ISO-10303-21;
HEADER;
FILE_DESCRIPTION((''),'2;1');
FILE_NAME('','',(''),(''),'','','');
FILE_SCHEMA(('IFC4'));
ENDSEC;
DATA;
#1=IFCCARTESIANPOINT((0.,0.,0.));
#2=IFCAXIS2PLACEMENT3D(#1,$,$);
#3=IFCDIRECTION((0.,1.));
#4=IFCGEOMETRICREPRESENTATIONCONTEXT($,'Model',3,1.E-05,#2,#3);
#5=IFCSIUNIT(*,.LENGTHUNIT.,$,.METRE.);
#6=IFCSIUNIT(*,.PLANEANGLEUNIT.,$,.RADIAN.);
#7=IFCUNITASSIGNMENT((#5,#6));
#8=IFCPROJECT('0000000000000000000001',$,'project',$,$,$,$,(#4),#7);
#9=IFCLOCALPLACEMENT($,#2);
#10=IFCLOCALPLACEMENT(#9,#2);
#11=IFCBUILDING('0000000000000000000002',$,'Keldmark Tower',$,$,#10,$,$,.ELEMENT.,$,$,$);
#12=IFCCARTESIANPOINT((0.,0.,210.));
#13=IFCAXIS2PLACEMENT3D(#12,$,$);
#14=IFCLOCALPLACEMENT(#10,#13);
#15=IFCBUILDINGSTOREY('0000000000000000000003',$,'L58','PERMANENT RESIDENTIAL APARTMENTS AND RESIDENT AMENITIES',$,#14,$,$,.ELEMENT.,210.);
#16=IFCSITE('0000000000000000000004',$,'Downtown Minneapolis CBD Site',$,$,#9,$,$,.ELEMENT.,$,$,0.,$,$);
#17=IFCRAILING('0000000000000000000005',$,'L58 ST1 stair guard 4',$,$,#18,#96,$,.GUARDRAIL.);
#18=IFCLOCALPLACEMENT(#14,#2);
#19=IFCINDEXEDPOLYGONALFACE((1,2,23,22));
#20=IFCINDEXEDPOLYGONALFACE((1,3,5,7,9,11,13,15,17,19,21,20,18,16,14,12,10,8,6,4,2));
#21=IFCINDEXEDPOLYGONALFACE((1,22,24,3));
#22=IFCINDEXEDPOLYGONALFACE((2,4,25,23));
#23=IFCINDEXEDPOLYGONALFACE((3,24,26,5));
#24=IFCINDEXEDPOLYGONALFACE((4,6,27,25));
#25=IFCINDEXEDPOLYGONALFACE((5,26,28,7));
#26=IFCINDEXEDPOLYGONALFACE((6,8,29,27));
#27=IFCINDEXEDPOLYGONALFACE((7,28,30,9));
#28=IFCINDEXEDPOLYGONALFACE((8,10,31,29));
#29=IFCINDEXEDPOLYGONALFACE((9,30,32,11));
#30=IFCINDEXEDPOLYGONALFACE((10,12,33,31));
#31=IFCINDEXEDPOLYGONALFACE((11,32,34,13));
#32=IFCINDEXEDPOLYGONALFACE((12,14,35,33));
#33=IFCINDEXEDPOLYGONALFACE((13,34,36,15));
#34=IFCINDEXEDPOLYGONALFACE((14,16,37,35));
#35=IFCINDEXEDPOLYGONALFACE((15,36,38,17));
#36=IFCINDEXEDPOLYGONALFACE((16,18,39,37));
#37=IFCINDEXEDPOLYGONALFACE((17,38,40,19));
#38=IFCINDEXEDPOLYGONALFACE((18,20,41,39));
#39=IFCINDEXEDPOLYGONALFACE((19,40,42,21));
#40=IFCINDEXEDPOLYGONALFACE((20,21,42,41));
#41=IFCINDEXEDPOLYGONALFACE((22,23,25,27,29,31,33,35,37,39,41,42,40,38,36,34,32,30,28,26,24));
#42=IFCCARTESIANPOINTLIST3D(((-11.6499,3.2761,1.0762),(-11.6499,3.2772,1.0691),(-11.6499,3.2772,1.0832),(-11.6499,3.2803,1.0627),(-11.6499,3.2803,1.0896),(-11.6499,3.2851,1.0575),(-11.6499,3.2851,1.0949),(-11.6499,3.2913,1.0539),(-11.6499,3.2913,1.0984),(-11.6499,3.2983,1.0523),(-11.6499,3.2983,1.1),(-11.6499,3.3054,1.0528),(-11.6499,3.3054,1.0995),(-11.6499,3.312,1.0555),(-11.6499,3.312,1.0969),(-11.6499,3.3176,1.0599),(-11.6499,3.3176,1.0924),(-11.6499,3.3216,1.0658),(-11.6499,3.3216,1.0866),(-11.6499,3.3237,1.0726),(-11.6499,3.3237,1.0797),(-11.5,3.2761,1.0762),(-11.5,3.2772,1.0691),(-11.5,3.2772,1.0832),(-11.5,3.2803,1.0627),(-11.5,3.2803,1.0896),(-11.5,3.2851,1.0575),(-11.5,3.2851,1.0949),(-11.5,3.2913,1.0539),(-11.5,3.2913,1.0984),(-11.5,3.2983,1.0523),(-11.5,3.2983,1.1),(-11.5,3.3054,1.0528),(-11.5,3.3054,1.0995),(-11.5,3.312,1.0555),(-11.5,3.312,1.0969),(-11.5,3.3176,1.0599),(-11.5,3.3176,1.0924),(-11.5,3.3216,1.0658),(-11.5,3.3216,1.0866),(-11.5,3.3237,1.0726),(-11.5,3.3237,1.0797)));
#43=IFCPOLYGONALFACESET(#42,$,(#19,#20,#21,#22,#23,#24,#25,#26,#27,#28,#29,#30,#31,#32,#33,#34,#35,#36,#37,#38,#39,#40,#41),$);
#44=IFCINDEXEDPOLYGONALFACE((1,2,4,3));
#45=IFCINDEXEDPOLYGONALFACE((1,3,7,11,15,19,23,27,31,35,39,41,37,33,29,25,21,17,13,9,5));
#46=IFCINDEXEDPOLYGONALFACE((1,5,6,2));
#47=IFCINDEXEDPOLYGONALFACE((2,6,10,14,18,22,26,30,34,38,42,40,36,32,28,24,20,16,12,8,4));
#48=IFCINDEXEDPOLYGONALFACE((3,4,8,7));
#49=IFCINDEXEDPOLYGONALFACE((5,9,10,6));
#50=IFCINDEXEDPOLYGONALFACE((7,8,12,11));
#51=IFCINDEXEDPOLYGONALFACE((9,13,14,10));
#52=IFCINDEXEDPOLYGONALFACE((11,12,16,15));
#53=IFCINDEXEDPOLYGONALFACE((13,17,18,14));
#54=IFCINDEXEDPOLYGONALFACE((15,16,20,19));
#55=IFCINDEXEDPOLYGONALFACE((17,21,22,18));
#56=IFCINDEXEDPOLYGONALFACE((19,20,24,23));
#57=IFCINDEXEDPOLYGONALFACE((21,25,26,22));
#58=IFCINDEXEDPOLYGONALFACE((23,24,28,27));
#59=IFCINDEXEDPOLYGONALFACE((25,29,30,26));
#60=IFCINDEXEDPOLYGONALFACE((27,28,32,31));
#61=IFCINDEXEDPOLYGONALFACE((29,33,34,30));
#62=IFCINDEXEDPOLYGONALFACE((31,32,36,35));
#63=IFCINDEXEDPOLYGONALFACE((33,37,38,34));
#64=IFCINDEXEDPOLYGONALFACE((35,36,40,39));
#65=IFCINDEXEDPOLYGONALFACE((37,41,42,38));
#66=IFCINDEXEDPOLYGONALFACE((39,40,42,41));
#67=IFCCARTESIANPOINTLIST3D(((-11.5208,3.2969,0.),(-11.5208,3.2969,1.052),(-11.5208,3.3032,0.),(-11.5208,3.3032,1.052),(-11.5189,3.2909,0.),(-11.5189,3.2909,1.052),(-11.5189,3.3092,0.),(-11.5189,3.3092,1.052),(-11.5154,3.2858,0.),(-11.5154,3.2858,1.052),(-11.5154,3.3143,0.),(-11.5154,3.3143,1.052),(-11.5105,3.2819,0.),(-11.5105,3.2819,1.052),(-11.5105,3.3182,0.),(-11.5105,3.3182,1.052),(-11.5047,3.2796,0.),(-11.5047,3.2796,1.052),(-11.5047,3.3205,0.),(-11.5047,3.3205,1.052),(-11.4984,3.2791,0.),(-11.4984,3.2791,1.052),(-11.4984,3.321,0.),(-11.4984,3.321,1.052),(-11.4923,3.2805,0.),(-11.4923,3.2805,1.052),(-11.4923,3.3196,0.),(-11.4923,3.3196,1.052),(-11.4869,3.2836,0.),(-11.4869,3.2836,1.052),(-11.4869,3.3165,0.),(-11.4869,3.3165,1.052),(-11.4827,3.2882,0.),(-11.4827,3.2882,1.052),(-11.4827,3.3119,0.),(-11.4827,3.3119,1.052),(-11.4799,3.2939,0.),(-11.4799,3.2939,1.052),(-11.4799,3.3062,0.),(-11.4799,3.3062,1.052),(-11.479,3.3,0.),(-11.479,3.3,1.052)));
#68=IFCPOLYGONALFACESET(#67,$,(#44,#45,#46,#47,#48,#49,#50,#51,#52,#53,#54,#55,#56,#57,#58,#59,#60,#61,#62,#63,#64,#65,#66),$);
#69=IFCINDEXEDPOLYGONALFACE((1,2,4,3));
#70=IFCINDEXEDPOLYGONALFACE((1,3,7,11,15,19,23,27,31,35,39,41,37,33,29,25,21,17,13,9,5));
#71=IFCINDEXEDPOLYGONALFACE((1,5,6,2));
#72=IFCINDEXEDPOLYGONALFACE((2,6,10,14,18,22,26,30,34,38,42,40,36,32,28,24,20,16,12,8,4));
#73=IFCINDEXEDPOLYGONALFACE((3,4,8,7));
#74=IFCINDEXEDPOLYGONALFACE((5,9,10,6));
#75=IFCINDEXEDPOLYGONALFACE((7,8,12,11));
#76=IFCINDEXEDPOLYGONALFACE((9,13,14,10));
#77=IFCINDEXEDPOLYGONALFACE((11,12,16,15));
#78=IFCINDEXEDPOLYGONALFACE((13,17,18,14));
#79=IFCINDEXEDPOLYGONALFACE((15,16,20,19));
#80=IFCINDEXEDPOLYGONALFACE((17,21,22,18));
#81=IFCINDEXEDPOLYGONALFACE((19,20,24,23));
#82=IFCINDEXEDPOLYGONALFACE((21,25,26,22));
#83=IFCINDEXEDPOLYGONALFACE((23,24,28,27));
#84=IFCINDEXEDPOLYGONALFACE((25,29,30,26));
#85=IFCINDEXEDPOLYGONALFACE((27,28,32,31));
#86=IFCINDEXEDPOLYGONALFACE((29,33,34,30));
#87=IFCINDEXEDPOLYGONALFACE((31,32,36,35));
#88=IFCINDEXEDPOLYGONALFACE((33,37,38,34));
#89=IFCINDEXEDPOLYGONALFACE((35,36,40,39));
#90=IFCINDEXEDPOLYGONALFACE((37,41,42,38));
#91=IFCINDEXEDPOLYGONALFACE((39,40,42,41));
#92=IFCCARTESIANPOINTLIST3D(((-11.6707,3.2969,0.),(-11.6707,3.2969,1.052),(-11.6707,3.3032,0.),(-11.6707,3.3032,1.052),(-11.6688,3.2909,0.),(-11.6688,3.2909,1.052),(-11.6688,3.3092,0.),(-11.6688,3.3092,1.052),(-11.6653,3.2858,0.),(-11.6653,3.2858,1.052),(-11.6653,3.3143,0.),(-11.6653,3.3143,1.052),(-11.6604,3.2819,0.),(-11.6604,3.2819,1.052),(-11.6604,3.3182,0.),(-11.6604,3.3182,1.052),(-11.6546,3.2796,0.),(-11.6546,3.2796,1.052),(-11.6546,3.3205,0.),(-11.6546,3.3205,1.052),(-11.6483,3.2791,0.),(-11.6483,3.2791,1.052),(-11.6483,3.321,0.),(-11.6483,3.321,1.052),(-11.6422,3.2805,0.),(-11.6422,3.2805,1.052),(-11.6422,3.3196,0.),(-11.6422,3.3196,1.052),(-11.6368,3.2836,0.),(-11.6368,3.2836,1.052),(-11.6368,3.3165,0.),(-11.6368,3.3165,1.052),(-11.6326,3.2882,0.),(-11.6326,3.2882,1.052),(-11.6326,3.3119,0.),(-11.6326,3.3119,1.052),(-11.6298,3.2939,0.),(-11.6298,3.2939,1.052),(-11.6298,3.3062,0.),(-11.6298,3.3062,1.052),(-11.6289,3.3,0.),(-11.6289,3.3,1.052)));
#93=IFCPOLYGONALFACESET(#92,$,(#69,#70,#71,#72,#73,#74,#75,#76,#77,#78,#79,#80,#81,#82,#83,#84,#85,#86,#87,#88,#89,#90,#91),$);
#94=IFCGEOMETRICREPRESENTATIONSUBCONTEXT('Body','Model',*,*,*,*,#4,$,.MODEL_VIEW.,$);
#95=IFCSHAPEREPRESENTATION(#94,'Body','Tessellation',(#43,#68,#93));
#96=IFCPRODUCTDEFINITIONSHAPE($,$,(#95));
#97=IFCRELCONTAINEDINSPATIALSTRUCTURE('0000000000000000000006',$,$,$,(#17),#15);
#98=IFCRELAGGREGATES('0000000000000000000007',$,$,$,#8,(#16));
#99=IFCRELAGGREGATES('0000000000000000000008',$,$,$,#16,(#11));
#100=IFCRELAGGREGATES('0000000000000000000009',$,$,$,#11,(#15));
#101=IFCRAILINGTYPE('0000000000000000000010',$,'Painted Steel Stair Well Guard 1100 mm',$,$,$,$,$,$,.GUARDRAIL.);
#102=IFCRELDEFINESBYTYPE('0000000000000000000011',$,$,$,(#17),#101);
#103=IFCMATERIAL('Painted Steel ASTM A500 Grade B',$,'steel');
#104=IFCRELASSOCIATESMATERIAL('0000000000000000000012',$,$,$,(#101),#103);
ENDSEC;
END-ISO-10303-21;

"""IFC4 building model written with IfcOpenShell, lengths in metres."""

from ifc_helpers import new_model, si_unit, direction, frame, origin, origin_2d, place, context, subcontext, project, spatial, circle, extrude, material, type_object, element, save


model = new_model("IFC4")

# Units and contexts
model_context = context("Model", 3, precision=1e-05, world=origin(), true_north=direction((0.0, 1.0)))
body_context = subcontext(model_context, "Body", "Model", "MODEL_VIEW")
ifc_project = project(units=[si_unit("LENGTHUNIT", "METRE"), si_unit("PLANEANGLEUNIT", "RADIAN")], contexts=[model_context])

# Site, building, storey
site_placement = place(None, origin())
site = spatial("IfcSite", under=ifc_project, at=site_placement, Name="Downtown Minneapolis CBD Site", CompositionType="ELEMENT", RefElevation=0.0)
building_placement = place(site_placement, origin())
building = spatial("IfcBuilding", under=site, at=building_placement, Name="Keldmark Tower", CompositionType="ELEMENT")
storey_placement = place(building_placement, frame((0.0, 0.0, 210.0)))
storey = spatial("IfcBuildingStorey", under=building, at=storey_placement, Name="L58", Description="PERMANENT RESIDENTIAL APARTMENTS AND RESIDENT AMENITIES", CompositionType="ELEMENT", Elevation=210.0)

# Railing
ifc_material_1 = material(Name="Painted Steel ASTM A500 Grade B", Category="steel")
railing_type_1 = type_object("IfcRailingType", Name="Painted Steel Stair Well Guard 1100 mm", PredefinedType="GUARDRAIL", material=ifc_material_1)
railing_1_placement = place(storey_placement, frame((-11.5, 3.3, 0.0)))
element("IfcRailing", 1, at=railing_1_placement, inside=storey, type_object=railing_type_1, Name="L58 ST1 stair guard 4", PredefinedType="GUARDRAIL", context=body_context, shape_type="SweptSolid", body=[
    extrude(circle(Radius=0.0239, at=origin_2d()), frame((0.0, 0.0, 1.0762), z_axis=(-1.0, 0.0, 0.0), x_axis=(0.0, -1.0, 0.0)), (0.0, 0.0, 1.0), 0.1499),
    extrude(circle(Radius=0.021, at=origin_2d()), origin(), (0.0, 0.0, 1.0), 1.052),
    extrude(circle(Radius=0.021, at=origin_2d()), frame((-0.1499, 0.0, 0.0)), (0.0, 0.0, 1.0), 1.052),
])

save(model, "model.ifc")
